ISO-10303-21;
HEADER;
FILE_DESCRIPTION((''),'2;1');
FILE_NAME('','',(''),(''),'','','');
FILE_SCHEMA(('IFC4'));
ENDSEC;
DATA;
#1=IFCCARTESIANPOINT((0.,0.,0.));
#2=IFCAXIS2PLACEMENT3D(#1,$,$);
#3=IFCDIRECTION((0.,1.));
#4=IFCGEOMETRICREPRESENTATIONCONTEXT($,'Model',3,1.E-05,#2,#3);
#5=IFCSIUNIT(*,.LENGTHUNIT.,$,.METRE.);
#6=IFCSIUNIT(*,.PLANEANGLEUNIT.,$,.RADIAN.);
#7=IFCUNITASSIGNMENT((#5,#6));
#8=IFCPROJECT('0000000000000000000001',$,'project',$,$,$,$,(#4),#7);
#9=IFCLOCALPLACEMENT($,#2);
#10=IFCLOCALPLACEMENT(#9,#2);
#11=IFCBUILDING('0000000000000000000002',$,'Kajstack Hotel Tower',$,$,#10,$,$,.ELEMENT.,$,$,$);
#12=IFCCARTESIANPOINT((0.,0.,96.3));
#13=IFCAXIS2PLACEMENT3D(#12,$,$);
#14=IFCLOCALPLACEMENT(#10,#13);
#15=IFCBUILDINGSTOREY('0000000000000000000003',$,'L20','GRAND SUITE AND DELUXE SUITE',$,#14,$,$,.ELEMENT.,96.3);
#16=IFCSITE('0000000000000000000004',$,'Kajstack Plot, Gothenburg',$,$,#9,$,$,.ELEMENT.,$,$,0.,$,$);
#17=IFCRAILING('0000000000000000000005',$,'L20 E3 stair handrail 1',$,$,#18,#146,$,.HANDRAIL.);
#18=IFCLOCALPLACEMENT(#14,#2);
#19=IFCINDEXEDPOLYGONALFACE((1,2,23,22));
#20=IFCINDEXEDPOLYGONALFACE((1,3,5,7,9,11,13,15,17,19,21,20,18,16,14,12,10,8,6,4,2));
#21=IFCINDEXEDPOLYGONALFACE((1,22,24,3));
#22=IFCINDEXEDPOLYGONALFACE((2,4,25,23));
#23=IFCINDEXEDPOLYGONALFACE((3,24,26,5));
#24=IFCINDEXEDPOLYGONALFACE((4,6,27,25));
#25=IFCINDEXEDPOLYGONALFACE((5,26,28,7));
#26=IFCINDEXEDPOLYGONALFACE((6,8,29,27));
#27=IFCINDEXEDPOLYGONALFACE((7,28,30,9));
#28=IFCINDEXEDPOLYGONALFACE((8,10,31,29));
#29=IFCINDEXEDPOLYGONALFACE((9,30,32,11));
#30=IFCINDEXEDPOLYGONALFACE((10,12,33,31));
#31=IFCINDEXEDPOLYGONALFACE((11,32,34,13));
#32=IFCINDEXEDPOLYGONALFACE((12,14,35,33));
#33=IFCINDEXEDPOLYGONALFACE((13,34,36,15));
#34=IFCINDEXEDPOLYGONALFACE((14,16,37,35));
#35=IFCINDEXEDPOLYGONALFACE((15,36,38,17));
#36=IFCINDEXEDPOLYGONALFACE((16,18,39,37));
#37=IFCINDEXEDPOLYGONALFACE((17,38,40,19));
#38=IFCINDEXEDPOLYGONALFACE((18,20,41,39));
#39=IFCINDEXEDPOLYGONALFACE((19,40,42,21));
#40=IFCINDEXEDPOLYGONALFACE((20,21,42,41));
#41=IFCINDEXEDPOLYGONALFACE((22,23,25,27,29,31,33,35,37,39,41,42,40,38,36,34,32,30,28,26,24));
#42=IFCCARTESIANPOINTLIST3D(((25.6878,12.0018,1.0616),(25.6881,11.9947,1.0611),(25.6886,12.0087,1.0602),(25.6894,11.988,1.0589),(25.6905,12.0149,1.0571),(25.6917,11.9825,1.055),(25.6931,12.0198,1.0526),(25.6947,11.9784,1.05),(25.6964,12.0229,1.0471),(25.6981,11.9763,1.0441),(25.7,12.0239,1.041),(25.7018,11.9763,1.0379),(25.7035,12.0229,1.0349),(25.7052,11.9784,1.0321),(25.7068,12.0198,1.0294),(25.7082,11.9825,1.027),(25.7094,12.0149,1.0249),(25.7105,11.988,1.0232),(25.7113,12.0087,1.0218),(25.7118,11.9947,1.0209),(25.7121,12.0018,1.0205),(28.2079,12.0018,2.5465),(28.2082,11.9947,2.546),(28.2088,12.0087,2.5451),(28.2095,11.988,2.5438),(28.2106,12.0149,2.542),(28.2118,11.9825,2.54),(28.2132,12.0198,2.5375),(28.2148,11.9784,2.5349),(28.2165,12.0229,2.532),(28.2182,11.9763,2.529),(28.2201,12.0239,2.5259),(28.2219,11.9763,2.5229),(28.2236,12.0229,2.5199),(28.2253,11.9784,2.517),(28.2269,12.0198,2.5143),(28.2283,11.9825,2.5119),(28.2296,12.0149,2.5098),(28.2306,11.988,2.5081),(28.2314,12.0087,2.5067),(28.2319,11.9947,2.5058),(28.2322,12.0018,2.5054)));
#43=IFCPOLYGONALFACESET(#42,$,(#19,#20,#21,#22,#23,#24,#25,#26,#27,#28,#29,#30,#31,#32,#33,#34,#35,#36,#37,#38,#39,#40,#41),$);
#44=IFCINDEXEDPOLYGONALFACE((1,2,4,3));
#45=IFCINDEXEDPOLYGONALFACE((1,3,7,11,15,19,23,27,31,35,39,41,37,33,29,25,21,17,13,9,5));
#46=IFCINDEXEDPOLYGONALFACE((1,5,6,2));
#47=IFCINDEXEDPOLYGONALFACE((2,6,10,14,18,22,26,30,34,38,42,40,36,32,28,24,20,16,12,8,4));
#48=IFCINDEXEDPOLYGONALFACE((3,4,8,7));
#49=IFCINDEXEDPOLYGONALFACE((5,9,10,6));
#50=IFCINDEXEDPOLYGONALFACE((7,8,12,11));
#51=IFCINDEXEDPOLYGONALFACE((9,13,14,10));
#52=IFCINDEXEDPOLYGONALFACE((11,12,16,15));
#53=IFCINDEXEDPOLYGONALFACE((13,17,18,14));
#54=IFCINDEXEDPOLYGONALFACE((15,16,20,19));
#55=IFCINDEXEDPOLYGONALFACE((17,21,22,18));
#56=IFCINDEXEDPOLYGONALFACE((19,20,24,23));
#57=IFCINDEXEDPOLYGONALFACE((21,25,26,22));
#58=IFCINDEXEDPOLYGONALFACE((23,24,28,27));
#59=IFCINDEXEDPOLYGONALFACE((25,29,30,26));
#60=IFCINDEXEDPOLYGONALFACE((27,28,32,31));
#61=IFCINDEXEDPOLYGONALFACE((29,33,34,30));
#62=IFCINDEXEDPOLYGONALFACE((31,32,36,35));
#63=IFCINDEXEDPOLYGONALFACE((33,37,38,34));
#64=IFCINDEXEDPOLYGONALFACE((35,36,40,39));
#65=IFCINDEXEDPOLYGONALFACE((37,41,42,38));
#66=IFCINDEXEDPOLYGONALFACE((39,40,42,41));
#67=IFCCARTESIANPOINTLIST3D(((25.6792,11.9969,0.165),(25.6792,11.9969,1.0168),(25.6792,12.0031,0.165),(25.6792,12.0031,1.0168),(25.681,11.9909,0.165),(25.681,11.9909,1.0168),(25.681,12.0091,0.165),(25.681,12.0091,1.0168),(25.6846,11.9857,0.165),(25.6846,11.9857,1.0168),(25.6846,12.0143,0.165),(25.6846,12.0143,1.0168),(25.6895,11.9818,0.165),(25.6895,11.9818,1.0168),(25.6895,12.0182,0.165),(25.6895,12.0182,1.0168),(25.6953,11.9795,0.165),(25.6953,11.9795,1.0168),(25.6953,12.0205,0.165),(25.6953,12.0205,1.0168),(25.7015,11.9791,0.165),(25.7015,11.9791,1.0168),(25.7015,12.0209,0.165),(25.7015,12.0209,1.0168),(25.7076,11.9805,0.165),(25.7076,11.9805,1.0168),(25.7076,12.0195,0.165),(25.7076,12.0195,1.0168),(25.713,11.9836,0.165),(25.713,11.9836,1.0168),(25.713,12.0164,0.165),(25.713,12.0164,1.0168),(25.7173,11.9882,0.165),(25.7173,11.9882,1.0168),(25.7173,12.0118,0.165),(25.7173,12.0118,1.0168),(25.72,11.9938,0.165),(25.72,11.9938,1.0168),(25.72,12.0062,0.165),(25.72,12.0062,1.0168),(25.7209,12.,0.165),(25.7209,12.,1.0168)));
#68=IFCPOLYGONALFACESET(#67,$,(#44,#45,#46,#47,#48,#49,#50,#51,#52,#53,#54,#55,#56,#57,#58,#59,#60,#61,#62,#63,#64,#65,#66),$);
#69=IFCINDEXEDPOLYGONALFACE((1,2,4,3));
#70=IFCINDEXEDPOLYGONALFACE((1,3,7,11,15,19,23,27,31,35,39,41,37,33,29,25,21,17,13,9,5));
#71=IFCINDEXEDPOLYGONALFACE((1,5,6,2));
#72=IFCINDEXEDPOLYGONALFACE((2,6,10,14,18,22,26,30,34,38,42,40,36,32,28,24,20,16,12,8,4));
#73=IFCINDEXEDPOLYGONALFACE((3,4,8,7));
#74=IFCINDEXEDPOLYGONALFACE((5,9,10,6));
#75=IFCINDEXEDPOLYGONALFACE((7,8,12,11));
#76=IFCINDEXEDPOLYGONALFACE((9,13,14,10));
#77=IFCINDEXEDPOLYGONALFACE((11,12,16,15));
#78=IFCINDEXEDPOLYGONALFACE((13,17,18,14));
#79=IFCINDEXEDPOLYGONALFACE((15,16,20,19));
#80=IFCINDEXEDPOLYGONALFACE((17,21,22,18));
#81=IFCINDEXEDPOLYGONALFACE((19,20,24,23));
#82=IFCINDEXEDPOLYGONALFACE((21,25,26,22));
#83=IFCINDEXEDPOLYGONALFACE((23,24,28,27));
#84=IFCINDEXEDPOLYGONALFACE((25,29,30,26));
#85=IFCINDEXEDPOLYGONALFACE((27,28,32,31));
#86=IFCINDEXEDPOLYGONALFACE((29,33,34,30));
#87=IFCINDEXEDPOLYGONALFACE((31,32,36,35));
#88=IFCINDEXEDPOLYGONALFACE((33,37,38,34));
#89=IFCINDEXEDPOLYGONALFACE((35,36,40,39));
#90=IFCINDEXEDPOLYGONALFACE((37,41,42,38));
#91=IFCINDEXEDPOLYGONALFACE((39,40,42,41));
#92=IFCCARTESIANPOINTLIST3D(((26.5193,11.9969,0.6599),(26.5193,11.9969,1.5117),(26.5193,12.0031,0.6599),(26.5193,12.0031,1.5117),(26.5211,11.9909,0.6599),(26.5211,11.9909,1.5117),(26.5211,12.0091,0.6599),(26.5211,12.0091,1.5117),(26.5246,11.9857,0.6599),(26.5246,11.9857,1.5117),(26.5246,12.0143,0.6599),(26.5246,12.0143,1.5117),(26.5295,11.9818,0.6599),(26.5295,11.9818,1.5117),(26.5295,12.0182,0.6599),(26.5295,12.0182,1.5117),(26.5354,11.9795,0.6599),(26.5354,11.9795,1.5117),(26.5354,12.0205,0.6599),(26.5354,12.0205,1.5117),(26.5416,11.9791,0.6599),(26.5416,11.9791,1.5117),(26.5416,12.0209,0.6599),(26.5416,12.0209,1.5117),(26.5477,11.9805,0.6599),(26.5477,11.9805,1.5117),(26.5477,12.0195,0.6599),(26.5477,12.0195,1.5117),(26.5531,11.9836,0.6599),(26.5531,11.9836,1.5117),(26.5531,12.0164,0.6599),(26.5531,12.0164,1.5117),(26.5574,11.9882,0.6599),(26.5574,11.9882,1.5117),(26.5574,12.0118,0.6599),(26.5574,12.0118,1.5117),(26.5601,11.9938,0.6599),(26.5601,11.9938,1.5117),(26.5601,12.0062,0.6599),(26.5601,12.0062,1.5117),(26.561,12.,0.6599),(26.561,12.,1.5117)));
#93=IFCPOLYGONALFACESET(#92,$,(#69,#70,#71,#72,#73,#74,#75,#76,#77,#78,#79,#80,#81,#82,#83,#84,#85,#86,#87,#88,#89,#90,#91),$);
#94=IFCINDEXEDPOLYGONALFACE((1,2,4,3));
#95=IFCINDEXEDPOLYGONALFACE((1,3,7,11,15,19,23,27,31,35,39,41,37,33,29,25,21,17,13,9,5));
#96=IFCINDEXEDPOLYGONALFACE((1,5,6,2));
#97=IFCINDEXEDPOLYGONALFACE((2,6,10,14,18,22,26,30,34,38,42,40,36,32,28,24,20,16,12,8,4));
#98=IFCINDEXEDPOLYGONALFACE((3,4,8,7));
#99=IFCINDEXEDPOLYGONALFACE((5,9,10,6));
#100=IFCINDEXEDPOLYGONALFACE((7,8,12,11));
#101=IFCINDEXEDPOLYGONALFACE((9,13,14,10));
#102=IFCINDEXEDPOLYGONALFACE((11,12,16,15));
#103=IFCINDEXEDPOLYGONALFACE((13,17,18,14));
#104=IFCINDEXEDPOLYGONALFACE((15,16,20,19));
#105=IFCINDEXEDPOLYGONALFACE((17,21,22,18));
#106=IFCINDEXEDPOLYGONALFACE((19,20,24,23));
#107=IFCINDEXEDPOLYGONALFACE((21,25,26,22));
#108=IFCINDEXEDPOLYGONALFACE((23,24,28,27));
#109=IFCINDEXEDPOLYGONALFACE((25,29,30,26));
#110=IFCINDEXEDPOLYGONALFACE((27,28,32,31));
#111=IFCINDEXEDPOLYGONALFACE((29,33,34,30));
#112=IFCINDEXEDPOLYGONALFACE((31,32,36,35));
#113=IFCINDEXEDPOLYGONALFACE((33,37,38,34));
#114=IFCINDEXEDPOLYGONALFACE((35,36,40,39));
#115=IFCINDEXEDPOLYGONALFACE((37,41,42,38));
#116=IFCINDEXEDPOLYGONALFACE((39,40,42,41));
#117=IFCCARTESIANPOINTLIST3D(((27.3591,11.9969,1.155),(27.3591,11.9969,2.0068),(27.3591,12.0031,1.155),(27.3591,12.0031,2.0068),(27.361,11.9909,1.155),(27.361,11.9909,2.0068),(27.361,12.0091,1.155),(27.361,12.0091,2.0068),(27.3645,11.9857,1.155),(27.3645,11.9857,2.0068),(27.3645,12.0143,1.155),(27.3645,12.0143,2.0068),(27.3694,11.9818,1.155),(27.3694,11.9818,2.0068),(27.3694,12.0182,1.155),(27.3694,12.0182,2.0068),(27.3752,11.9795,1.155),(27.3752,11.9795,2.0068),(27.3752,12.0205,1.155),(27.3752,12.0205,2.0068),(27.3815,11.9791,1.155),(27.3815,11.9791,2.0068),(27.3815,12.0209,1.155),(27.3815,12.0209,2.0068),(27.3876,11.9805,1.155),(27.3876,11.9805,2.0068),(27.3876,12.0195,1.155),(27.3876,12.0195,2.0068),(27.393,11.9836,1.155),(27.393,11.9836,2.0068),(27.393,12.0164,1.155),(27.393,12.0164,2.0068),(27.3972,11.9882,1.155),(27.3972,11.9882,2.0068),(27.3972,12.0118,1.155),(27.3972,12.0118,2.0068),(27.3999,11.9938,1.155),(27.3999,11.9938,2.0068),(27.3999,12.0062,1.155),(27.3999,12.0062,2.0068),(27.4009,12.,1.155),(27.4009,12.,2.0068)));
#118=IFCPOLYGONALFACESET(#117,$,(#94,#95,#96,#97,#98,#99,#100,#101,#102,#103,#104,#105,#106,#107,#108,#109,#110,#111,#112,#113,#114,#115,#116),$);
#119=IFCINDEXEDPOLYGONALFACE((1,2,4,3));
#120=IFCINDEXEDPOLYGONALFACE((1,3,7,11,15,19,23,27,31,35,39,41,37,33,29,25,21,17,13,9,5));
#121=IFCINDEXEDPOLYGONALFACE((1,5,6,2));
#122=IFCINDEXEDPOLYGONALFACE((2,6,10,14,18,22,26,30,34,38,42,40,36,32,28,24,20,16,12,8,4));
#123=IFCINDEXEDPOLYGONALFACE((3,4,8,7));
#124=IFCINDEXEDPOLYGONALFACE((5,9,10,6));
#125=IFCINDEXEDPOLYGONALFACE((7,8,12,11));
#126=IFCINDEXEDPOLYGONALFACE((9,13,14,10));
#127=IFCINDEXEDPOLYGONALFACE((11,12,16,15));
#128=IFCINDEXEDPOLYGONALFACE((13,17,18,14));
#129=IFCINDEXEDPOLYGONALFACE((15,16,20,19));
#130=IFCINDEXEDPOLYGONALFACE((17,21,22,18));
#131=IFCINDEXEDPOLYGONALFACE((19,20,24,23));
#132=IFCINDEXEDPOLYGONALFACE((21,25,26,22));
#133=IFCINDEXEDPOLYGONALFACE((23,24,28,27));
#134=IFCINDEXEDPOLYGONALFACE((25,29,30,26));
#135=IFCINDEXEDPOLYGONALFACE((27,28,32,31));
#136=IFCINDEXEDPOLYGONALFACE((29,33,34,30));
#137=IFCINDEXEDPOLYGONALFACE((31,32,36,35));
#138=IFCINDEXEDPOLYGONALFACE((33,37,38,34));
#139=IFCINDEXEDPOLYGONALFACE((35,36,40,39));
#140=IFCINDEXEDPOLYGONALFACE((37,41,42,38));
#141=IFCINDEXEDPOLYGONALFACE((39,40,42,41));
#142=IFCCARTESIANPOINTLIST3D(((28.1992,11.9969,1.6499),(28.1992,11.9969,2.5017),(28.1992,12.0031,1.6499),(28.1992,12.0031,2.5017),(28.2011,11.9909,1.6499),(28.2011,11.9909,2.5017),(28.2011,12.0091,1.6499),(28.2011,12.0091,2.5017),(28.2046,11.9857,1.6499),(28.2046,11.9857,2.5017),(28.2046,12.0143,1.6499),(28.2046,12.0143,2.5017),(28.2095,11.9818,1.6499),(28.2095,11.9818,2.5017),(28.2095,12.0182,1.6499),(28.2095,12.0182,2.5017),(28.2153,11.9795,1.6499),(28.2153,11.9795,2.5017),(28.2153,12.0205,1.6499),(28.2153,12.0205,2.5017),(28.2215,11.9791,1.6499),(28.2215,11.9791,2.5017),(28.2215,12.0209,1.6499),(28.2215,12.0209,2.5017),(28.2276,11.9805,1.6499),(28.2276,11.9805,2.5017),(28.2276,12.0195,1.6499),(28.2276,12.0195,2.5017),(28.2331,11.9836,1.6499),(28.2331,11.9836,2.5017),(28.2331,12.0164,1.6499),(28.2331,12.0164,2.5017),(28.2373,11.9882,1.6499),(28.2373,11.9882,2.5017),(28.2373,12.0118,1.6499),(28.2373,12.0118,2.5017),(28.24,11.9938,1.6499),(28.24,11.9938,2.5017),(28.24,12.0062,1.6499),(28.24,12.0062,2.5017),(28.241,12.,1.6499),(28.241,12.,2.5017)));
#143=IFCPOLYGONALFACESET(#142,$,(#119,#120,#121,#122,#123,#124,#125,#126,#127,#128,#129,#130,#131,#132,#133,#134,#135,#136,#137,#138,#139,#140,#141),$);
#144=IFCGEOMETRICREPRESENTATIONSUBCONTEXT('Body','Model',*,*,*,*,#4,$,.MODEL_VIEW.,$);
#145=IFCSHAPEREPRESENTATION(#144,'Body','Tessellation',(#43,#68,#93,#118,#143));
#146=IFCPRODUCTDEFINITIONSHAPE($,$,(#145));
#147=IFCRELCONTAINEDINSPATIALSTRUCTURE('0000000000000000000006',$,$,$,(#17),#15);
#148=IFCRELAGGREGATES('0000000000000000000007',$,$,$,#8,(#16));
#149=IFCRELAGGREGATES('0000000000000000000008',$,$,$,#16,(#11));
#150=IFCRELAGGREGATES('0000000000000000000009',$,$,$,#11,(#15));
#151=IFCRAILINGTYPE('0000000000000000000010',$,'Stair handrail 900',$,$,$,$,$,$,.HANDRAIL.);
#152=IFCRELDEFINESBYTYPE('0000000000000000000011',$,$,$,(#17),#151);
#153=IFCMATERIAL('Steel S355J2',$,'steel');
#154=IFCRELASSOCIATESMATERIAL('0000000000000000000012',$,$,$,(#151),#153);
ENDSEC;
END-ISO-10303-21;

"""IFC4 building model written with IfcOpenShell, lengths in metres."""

from ifc_helpers import new_model, si_unit, direction, frame, origin, origin_2d, place, context, subcontext, project, spatial, circle, extrude, material, type_object, element, save


model = new_model("IFC4")

# Units and contexts
model_context = context("Model", 3, precision=1e-05, world=origin(), true_north=direction((0.0, 1.0)))
body_context = subcontext(model_context, "Body", "Model", "MODEL_VIEW")
ifc_project = project(units=[si_unit("LENGTHUNIT", "METRE"), si_unit("PLANEANGLEUNIT", "RADIAN")], contexts=[model_context])

# Site, building, storey
site_placement = place(None, origin())
site = spatial("IfcSite", under=ifc_project, at=site_placement, Name="Kajstack Plot, Gothenburg", CompositionType="ELEMENT", RefElevation=0.0)
building_placement = place(site_placement, origin())
building = spatial("IfcBuilding", under=site, at=building_placement, Name="Kajstack Hotel Tower", CompositionType="ELEMENT")
storey_placement = place(building_placement, frame((0.0, 0.0, 96.3)))
storey = spatial("IfcBuildingStorey", under=building, at=storey_placement, Name="L20", Description="GRAND SUITE AND DELUXE SUITE", CompositionType="ELEMENT", Elevation=96.3)

# Railing
ifc_material_1 = material(Name="Steel S355J2", Category="steel")
railing_type_1 = type_object("IfcRailingType", Name="Stair handrail 900", PredefinedType="HANDRAIL", material=ifc_material_1)
railing_1_placement = place(storey_placement, frame((25.7, 12.0, 0.165)))
element("IfcRailing", 1, at=railing_1_placement, inside=storey, type_object=railing_type_1, Name="L20 E3 stair handrail 1", PredefinedType="HANDRAIL", context=body_context, shape_type="SweptSolid", body=[
    extrude(circle(Radius=0.0239, at=origin_2d()), frame((0.0, 0.0, 0.876), z_axis=(0.861561, 0.0, 0.507655), x_axis=(0.0, 1.0, 0.0)), (0.0, 0.0, 1.0), 2.925),
    extrude(circle(Radius=0.021, at=origin_2d()), origin(), (0.0, 0.0, 1.0), 0.8518),
    extrude(circle(Radius=0.021, at=origin_2d()), frame((0.8401, 0.0, 0.4949)), (0.0, 0.0, 1.0), 0.8518),
    extrude(circle(Radius=0.021, at=origin_2d()), frame((1.6799, 0.0, 0.99)), (0.0, 0.0, 1.0), 0.8518),
    extrude(circle(Radius=0.021, at=origin_2d()), frame((2.52, 0.0, 1.4849)), (0.0, 0.0, 1.0), 0.8518),
])

save(model, "model.ifc")
